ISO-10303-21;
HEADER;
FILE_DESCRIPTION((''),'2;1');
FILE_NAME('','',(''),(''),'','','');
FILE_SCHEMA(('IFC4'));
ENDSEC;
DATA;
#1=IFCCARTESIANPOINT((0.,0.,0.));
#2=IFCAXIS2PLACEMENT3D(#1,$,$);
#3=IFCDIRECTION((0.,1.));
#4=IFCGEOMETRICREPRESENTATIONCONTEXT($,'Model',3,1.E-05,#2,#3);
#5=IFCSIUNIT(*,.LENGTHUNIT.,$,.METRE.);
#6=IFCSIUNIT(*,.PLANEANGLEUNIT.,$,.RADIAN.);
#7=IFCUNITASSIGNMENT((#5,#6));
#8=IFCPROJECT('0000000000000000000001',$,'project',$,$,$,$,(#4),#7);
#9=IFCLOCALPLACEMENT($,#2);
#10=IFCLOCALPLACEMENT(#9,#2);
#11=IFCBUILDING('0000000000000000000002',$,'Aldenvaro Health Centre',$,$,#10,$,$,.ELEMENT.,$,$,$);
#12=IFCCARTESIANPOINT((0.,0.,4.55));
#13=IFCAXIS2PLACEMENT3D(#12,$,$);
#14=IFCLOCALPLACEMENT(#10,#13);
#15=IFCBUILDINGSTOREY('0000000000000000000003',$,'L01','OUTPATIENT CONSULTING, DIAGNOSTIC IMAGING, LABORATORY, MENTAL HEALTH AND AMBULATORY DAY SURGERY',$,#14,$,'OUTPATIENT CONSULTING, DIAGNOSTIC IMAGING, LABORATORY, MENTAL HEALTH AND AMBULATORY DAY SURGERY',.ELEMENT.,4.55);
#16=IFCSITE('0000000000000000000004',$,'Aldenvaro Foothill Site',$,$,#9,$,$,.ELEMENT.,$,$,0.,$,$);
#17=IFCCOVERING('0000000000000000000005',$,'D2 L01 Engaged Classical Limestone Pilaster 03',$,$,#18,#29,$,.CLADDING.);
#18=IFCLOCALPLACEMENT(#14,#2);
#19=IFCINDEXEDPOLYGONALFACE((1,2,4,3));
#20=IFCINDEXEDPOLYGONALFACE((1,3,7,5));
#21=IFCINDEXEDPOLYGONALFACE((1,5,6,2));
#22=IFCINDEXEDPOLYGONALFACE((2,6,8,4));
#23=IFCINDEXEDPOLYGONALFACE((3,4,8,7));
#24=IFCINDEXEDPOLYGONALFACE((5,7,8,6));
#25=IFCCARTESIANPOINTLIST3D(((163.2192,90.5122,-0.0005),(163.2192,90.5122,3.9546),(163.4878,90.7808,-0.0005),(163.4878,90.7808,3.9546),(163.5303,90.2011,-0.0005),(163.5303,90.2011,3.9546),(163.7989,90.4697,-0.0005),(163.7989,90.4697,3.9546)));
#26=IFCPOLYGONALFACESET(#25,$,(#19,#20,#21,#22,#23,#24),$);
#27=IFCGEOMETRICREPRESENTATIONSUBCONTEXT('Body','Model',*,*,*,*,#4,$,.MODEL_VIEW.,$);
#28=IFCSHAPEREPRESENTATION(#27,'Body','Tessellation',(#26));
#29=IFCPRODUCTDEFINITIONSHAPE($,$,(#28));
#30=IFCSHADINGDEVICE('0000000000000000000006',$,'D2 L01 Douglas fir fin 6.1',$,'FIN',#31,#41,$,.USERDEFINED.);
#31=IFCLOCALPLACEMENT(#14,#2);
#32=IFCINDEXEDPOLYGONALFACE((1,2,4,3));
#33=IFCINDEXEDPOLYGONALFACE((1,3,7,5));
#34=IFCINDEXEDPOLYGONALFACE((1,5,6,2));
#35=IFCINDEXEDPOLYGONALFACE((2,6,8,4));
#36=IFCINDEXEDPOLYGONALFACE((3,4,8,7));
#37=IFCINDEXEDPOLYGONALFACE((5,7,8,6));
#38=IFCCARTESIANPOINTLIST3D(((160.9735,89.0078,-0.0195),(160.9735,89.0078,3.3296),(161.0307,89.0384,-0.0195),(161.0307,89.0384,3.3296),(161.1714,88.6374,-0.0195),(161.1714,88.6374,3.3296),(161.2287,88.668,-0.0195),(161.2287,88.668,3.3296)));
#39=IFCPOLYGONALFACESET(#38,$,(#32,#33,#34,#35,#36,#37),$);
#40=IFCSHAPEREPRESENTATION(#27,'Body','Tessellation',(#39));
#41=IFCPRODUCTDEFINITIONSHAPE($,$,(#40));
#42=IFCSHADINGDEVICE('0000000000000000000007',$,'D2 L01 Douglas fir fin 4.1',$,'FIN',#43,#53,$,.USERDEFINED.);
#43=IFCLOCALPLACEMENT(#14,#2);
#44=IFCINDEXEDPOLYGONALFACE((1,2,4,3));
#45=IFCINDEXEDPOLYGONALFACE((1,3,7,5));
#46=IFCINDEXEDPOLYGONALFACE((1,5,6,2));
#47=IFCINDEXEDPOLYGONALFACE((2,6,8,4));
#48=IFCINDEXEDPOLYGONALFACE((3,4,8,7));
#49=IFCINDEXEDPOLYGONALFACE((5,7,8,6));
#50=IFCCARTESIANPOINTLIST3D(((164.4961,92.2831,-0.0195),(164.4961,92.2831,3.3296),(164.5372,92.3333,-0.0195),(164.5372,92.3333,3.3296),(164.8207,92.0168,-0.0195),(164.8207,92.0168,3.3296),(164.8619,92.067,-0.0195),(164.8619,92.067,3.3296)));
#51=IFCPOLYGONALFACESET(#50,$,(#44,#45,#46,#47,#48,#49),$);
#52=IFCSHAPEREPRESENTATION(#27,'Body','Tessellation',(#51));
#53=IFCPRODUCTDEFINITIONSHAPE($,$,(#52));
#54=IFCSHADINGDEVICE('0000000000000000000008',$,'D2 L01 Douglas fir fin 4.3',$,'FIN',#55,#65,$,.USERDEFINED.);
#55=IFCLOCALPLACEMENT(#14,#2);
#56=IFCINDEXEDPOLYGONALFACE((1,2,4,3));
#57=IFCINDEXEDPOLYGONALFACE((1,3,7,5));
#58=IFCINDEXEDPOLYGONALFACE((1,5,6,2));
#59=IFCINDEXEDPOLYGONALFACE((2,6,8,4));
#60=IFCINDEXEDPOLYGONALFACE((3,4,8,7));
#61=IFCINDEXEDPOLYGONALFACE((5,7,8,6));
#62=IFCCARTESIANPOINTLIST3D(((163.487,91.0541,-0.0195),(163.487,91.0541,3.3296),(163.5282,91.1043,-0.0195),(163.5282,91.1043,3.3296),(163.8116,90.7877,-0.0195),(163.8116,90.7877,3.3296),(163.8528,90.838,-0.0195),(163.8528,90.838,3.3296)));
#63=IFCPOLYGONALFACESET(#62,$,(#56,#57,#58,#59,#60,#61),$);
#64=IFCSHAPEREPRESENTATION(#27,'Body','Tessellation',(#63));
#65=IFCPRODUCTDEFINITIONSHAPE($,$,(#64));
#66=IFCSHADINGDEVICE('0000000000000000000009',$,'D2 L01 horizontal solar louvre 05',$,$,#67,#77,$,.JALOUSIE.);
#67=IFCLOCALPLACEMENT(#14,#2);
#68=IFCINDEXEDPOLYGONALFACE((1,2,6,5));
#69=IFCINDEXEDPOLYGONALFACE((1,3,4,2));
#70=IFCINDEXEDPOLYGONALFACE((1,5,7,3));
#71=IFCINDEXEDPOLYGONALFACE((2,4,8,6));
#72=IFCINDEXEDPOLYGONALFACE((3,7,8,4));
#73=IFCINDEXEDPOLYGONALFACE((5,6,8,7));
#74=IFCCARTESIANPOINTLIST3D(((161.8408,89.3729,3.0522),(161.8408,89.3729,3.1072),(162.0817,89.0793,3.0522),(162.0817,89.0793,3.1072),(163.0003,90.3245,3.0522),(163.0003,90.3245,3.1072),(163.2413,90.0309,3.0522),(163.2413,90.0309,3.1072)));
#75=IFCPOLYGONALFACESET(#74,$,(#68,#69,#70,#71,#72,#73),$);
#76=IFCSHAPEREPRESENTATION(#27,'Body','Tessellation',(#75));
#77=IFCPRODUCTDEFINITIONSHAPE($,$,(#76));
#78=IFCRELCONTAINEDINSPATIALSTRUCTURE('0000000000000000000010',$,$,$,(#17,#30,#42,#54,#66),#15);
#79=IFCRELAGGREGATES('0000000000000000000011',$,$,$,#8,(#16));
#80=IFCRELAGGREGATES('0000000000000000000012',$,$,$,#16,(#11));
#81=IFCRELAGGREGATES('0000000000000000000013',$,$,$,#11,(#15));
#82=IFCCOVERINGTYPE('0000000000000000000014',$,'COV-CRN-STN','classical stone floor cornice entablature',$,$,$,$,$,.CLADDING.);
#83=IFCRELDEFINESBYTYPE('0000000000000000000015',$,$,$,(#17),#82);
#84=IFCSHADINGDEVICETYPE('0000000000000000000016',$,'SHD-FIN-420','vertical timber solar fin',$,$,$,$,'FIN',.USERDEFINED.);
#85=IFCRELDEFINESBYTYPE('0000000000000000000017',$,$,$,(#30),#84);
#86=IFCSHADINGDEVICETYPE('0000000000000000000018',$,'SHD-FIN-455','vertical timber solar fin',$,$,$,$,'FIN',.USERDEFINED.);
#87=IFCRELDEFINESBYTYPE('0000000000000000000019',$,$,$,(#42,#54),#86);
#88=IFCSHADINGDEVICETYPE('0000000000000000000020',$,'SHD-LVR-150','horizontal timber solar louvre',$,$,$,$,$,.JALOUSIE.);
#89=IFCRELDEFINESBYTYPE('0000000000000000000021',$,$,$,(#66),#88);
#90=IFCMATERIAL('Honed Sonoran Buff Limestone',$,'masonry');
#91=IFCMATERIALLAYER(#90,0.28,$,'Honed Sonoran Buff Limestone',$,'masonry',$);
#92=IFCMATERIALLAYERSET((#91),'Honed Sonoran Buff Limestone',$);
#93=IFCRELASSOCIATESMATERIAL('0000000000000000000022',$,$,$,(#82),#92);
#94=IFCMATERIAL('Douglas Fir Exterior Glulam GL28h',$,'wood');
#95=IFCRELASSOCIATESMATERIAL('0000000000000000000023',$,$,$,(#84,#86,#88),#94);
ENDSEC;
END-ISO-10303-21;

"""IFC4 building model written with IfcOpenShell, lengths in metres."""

from ifc_helpers import new_model, si_unit, direction, frame, origin, origin_2d, place, context, subcontext, project, spatial, rectangle, extrude, material, layer, layer_set, type_object, element, save


model = new_model("IFC4")

# Units and contexts
model_context = context("Model", 3, precision=1e-05, world=origin(), true_north=direction((0.0, 1.0)))
body_context = subcontext(model_context, "Body", "Model", "MODEL_VIEW")
ifc_project = project(units=[si_unit("LENGTHUNIT", "METRE"), si_unit("PLANEANGLEUNIT", "RADIAN")], contexts=[model_context])

# Site, building, storey
site_placement = place(None, origin())
site = spatial("IfcSite", under=ifc_project, at=site_placement, Name="Aldenvaro Foothill Site", CompositionType="ELEMENT", RefElevation=0.0)
building_placement = place(site_placement, origin())
building = spatial("IfcBuilding", under=site, at=building_placement, Name="Aldenvaro Health Centre", CompositionType="ELEMENT")
storey_placement = place(building_placement, frame((0.0, 0.0, 4.55)))
storey = spatial("IfcBuildingStorey", under=building, at=storey_placement, Name="L01", Description="OUTPATIENT CONSULTING, DIAGNOSTIC IMAGING, LABORATORY, MENTAL HEALTH AND AMBULATORY DAY SURGERY", LongName="OUTPATIENT CONSULTING, DIAGNOSTIC IMAGING, LABORATORY, MENTAL HEALTH AND AMBULATORY DAY SURGERY", CompositionType="ELEMENT", Elevation=4.55)

# Covering
ifc_material_1 = material(Name="Honed Sonoran Buff Limestone", Category="masonry")
ifc_layer_1 = layer(ifc_material_1, 0.28, Name="Honed Sonoran Buff Limestone", Category="masonry")
ifc_layer_set_1 = layer_set([ifc_layer_1], Name="Honed Sonoran Buff Limestone")
covering_type = type_object("IfcCoveringType", Name="COV-CRN-STN", Description="classical stone floor cornice entablature", PredefinedType="CLADDING", material=ifc_layer_set_1)
covering_placement = place(storey_placement, frame((163.509, 90.491, -0.0005), z_axis=(0.0, 0.0, 1.0), x_axis=(0.707107, -0.707107, 0.0)))
element("IfcCovering", 1, at=covering_placement, inside=storey, type_object=covering_type, Name="D2 L01 Engaged Classical Limestone Pilaster 03", PredefinedType="CLADDING", context=body_context, shape_type="SweptSolid", body=[
    extrude(rectangle(XDim=0.4399, YDim=0.3799, at=origin_2d()), origin(), (0.0, 0.0, 1.0), 3.9551),
])

# Shading devices
ifc_material_2 = material(Name="Douglas Fir Exterior Glulam GL28h", Category="wood")
shading_device_type_1 = type_object("IfcShadingDeviceType", Name="SHD-FIN-420", Description="vertical timber solar fin", ElementType="FIN", PredefinedType="USERDEFINED", material=ifc_material_2)
shading_device_1_placement = place(storey_placement, frame((161.1011, 88.8379, -0.0195), z_axis=(0.0, 0.0, 1.0), x_axis=(-0.88192, -0.471399, 0.0)))
element("IfcShadingDevice", 2, at=shading_device_1_placement, inside=storey, type_object=shading_device_type_1, Name="D2 L01 Douglas fir fin 6.1", ObjectType="FIN", PredefinedType="USERDEFINED", context=body_context, shape_type="SweptSolid", body=[
    extrude(rectangle(XDim=0.0649, YDim=0.4199, at=origin_2d()), origin(), (0.0, 0.0, 1.0), 3.3491),
])
shading_device_type_2 = type_object("IfcShadingDeviceType", Name="SHD-FIN-455", Description="vertical timber solar fin", ElementType="FIN", PredefinedType="USERDEFINED", material=ifc_material_2)
for number, where, z_axis, x_axis, name in (
    (3, (164.679, 92.175, -0.0195), (0.0, 0.0, 1.0), (-0.63438, -0.773022, 0.0), "D2 L01 Douglas fir fin 4.1"),
    (4, (163.6699, 90.946, -0.0195), (0.0, 0.0, 1.0), (-0.63438, -0.773022, 0.0), "D2 L01 Douglas fir fin 4.3"),
):
    element("IfcShadingDevice", number, at=place(storey_placement, frame(where, z_axis=z_axis, x_axis=x_axis)), inside=storey, type_object=shading_device_type_2, Name=name, ObjectType="FIN", PredefinedType="USERDEFINED", context=body_context, shape_type="SweptSolid", body=[
        extrude(rectangle(XDim=0.0649, YDim=0.4199, at=origin_2d()), origin(), (0.0, 0.0, 1.0), 3.3491),
    ])
shading_device_type_3 = type_object("IfcShadingDeviceType", Name="SHD-LVR-150", Description="horizontal timber solar louvre", PredefinedType="JALOUSIE", material=ifc_material_2)
shading_device_2_placement = place(storey_placement, frame((162.541, 89.7019, 3.0522), z_axis=(0.0, 0.0, 1.0), x_axis=(-0.773022, -0.63438, 0.0)))
element("IfcShadingDevice", 5, at=shading_device_2_placement, inside=storey, type_object=shading_device_type_3, Name="D2 L01 horizontal solar louvre 05", PredefinedType="JALOUSIE", context=body_context, shape_type="SweptSolid", body=[
    extrude(rectangle(XDim=1.5, YDim=0.3799, at=origin_2d()), origin(), (0.0, 0.0, 1.0), 0.0549),
])

save(model, "model.ifc")
